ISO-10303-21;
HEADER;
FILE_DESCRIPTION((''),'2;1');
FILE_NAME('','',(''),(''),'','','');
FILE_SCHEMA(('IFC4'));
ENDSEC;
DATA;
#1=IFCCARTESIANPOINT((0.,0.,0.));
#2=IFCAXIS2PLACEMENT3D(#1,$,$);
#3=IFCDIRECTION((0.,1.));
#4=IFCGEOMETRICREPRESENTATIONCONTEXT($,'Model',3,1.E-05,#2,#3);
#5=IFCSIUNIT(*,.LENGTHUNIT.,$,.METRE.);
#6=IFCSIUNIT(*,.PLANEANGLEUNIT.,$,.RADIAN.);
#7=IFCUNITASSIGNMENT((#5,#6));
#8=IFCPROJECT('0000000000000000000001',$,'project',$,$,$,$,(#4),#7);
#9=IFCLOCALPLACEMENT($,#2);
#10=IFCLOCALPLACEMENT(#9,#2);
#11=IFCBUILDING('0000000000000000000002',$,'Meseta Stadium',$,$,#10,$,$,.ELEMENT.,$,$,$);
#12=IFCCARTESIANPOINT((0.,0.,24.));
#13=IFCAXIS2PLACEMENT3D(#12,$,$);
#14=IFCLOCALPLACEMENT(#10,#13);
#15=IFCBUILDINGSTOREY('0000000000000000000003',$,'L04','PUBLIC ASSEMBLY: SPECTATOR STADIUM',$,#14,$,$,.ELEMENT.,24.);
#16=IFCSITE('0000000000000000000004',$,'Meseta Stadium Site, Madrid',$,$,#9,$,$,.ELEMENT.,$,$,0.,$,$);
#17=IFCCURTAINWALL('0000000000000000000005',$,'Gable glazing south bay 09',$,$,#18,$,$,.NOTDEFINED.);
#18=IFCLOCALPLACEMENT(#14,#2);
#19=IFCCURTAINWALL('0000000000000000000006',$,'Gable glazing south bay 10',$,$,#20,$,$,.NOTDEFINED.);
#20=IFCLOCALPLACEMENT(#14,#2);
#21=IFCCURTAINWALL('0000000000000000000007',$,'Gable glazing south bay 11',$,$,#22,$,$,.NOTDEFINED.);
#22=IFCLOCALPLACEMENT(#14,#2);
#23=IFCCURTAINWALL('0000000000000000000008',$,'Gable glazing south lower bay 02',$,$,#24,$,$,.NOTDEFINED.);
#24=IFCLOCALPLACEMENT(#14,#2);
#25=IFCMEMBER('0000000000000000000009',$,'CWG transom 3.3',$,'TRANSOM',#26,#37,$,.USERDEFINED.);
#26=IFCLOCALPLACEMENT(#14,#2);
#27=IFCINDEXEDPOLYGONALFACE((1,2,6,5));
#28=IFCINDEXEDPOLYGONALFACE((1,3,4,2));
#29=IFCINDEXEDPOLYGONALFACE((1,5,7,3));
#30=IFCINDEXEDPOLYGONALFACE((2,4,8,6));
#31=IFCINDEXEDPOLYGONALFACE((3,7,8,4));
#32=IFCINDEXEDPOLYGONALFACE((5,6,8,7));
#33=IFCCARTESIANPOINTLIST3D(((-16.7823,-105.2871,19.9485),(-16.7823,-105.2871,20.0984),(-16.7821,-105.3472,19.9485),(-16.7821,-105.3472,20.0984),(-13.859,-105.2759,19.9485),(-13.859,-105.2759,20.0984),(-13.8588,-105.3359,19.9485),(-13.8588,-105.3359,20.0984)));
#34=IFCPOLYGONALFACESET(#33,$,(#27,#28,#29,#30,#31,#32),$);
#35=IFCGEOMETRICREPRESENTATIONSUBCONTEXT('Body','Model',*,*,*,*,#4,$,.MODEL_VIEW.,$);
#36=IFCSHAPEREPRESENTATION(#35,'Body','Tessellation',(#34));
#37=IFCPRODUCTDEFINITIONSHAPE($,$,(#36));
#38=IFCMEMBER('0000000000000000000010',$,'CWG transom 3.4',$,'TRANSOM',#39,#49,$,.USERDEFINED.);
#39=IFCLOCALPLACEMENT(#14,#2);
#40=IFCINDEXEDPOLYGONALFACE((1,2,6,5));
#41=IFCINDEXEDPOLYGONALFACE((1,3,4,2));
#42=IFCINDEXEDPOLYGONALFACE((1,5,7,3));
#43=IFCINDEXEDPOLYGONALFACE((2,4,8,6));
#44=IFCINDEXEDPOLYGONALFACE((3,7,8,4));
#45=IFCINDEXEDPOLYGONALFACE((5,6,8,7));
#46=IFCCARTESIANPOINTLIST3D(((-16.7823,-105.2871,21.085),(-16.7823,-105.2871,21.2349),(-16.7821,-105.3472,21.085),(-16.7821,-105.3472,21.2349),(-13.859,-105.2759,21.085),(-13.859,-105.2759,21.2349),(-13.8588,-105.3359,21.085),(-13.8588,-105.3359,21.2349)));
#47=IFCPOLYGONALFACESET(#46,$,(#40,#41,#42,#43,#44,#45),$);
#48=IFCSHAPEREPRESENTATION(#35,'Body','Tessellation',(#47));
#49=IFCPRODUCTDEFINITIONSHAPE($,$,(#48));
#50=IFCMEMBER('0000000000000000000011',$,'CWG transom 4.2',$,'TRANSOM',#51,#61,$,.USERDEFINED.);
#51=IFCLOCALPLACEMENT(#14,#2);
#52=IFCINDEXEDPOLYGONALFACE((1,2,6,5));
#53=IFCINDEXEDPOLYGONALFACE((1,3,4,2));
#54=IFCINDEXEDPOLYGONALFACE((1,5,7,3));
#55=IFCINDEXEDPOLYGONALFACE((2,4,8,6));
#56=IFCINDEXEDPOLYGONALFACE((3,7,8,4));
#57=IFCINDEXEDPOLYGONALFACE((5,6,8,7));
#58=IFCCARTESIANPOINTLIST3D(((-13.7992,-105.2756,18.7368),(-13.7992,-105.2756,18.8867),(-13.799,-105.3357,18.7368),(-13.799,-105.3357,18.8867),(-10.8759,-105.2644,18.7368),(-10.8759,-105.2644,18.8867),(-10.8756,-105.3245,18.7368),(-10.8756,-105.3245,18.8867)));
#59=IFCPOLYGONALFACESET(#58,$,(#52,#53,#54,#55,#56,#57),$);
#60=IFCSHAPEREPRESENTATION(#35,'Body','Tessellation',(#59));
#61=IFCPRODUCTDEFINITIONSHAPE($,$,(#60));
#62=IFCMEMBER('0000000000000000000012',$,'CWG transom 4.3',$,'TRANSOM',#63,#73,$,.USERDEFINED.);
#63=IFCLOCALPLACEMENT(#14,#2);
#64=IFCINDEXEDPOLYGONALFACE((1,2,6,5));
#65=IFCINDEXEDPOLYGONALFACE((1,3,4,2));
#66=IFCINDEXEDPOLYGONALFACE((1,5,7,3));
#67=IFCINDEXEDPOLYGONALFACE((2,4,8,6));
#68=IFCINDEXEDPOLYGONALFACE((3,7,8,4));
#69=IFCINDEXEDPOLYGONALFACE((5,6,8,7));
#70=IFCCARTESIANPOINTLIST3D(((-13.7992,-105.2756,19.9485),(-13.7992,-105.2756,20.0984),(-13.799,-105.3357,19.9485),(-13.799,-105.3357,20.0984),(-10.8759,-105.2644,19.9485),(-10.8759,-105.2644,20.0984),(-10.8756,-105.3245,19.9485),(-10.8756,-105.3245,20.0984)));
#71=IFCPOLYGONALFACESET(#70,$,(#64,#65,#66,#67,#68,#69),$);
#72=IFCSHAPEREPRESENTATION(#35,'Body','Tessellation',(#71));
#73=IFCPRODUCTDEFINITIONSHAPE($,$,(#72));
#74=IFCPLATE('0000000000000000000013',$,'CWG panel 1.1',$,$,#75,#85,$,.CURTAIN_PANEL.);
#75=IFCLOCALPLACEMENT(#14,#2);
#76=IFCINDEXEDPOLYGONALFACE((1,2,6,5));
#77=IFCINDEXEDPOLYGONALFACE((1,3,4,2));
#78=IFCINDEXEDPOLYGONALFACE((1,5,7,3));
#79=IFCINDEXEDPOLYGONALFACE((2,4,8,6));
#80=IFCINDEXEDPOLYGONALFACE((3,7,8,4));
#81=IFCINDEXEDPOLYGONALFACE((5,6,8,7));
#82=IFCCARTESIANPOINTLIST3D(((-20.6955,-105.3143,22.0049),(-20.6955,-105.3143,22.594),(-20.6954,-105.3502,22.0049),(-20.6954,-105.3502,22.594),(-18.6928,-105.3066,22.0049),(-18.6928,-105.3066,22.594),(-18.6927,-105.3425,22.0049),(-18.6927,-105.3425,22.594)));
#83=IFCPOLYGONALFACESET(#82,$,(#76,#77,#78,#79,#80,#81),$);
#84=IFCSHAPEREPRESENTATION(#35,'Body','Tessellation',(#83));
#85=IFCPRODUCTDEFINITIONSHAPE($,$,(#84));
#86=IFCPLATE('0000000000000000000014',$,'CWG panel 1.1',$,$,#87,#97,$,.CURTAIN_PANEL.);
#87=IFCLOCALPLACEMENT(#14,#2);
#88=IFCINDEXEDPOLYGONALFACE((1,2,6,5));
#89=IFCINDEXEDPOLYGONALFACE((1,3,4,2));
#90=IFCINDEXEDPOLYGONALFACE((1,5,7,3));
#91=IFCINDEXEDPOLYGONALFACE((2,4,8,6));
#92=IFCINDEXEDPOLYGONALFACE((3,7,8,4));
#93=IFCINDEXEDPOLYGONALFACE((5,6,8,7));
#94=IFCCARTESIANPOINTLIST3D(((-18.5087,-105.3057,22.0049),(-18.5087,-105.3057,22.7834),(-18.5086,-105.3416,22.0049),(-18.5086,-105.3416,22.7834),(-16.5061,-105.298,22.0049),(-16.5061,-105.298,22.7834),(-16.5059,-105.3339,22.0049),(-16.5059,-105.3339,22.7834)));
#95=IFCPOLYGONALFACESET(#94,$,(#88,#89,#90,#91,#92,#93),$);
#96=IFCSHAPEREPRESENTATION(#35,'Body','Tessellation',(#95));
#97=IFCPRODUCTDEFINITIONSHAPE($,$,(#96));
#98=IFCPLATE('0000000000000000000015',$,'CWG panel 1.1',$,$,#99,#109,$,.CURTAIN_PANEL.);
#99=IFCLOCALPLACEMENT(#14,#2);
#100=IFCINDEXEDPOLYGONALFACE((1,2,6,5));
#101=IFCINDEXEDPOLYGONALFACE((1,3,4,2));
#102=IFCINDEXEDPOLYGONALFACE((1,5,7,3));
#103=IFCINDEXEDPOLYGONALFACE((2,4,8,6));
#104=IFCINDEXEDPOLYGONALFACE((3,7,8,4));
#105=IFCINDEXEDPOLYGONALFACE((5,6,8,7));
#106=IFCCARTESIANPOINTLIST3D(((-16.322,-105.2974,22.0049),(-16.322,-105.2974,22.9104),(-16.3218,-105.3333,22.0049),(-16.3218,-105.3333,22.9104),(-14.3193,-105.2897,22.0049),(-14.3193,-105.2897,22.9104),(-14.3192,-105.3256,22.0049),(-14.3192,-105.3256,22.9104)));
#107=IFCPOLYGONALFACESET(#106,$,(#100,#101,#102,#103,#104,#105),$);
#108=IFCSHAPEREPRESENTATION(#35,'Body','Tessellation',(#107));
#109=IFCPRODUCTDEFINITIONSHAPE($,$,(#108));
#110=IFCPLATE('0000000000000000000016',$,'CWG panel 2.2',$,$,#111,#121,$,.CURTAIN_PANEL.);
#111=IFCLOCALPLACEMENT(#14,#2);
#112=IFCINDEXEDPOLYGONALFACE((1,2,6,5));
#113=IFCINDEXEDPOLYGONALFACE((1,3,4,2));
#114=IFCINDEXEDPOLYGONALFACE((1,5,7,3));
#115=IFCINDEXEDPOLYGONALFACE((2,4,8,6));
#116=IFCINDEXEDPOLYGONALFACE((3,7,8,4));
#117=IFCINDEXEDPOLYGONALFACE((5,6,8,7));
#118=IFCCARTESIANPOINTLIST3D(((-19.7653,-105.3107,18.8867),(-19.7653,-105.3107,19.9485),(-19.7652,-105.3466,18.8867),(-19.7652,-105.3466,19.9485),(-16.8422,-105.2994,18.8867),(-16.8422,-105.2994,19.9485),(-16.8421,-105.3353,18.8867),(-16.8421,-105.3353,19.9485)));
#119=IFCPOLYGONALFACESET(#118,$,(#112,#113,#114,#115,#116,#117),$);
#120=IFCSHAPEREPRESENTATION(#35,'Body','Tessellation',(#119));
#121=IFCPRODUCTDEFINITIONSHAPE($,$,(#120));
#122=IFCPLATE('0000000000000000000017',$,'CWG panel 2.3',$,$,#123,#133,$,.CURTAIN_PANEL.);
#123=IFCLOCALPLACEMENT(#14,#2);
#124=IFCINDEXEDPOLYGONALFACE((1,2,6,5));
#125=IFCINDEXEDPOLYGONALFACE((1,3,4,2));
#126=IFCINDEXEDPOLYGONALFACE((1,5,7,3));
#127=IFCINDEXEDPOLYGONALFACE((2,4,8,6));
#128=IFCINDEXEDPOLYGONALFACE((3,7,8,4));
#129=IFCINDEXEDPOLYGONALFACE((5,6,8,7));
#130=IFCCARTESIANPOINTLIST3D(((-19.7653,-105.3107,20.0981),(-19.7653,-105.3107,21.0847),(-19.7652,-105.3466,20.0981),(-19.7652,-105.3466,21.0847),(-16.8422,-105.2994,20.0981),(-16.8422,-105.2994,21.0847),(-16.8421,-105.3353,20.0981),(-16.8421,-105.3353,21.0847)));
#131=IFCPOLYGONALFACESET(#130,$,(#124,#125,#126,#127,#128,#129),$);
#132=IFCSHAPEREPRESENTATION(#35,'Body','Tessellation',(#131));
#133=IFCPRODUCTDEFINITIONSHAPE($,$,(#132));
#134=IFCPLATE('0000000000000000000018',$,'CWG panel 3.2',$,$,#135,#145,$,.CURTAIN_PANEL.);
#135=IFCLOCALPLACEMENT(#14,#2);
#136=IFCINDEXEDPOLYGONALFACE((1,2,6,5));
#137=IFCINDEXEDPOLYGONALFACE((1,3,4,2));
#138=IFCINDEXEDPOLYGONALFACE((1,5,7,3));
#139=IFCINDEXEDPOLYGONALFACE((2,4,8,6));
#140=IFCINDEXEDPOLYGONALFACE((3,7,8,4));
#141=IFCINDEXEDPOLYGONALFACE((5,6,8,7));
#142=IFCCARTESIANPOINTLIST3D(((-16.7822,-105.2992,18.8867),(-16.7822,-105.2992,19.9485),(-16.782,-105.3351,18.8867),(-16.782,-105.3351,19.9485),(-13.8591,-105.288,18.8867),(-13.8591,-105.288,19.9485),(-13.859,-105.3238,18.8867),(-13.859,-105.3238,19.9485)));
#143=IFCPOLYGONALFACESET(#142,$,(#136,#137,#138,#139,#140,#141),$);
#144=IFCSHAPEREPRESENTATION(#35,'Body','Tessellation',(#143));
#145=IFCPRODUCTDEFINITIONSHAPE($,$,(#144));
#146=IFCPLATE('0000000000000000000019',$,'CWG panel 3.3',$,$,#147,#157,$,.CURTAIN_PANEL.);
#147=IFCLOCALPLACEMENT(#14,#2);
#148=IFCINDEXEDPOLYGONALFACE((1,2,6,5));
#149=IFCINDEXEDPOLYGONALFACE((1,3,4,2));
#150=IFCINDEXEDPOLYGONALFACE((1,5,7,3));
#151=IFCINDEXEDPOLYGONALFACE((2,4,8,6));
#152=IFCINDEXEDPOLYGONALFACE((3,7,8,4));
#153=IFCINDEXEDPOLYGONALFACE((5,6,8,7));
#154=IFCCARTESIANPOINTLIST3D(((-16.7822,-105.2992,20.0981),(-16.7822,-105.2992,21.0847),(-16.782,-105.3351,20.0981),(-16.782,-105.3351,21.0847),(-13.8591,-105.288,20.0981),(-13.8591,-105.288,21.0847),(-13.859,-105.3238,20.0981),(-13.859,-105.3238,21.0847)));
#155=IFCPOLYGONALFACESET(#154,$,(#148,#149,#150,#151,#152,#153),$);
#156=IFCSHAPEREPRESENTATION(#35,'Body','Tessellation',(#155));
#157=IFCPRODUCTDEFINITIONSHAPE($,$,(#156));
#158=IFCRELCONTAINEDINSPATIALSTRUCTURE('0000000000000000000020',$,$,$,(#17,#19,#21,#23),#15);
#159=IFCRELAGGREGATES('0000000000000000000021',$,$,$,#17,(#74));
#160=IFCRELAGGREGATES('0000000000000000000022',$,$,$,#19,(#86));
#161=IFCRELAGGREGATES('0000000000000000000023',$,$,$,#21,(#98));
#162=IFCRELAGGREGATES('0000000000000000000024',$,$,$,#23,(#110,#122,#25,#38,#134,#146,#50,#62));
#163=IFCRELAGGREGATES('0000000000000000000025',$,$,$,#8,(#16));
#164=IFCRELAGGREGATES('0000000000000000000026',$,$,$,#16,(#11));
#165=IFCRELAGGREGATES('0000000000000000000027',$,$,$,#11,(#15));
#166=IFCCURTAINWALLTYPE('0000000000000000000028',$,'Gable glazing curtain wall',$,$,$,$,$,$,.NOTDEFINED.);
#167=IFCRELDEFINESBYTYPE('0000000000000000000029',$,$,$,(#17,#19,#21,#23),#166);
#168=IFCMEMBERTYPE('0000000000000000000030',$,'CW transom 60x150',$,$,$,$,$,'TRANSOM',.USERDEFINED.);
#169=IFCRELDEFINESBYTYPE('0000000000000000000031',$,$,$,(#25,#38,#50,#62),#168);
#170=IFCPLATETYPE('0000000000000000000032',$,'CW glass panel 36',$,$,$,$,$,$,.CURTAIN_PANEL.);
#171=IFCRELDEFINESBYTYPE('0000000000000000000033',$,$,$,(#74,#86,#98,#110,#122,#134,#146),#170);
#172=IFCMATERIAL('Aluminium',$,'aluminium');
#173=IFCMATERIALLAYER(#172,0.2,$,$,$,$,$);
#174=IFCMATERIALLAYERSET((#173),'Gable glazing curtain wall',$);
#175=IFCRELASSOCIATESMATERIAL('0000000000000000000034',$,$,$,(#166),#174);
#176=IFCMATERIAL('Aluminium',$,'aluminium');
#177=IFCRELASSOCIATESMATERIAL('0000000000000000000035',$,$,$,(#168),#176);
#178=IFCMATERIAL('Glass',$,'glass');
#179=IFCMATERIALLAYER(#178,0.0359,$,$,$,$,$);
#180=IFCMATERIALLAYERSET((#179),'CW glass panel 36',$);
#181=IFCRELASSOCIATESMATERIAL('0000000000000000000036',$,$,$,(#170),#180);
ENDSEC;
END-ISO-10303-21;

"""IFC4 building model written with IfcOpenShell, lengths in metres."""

from ifc_helpers import new_model, si_unit, direction, frame, origin, origin_2d, place, context, subcontext, project, spatial, rectangle, extrude, material, layer, layer_set, material_profile, profile_set, type_object, element, aggregate, save


model = new_model("IFC4")

# Units and contexts
model_context = context("Model", 3, precision=1e-05, world=origin(), true_north=direction((0.0, 1.0)))
body_context = subcontext(model_context, "Body", "Model", "MODEL_VIEW")
ifc_project = project(units=[si_unit("LENGTHUNIT", "METRE"), si_unit("PLANEANGLEUNIT", "RADIAN")], contexts=[model_context])

# Site, building, storey
site_placement = place(None, origin())
site = spatial("IfcSite", under=ifc_project, at=site_placement, Name="Meseta Stadium Site, Madrid", CompositionType="ELEMENT", RefElevation=0.0)
building_placement = place(site_placement, origin())
building = spatial("IfcBuilding", under=site, at=building_placement, Name="Meseta Stadium", CompositionType="ELEMENT")
storey_placement = place(building_placement, frame((0.0, 0.0, 24.0)))
storey = spatial("IfcBuildingStorey", under=building, at=storey_placement, Name="L04", Description="PUBLIC ASSEMBLY: SPECTATOR STADIUM", CompositionType="ELEMENT", Elevation=24.0)

# Curtain wall
ifc_material_1 = material(Name="Aluminium", Category="aluminium")
ifc_layer_1 = layer(ifc_material_1, 0.2)
ifc_layer_set_1 = layer_set([ifc_layer_1], Name="Gable glazing curtain wall")
curtain_wall_type = type_object("IfcCurtainWallType", Name="Gable glazing curtain wall", PredefinedType="NOTDEFINED", material=ifc_layer_set_1)
curtain_wall_1_placement = place(storey_placement, origin())
curtain_wall_1 = element("IfcCurtainWall", 1, at=curtain_wall_1_placement, inside=storey, type_object=curtain_wall_type, Name="Gable glazing south bay 09", PredefinedType="NOTDEFINED")

# Curtain walls
curtain_wall_2_placement = place(storey_placement, origin())
curtain_wall_2 = element("IfcCurtainWall", 2, at=curtain_wall_2_placement, inside=storey, type_object=curtain_wall_type, Name="Gable glazing south bay 10", PredefinedType="NOTDEFINED")
curtain_wall_3_placement = place(storey_placement, origin())
curtain_wall_3 = element("IfcCurtainWall", 3, at=curtain_wall_3_placement, inside=storey, type_object=curtain_wall_type, Name="Gable glazing south bay 11", PredefinedType="NOTDEFINED")

# Shared definitions
ifc_material_2 = material(Name="Aluminium", Category="aluminium")
ifc_material_profile_1 = material_profile(ifc_material_2, rectangle(XDim=0.0601, YDim=0.1499, at=origin_2d()), Name="CW 60x150")
ifc_profile_set_1 = profile_set([ifc_material_profile_1], Name="Aluminium")
member_type_1 = type_object("IfcMemberType", Name="CW transom 60x150", ElementType="TRANSOM", PredefinedType="USERDEFINED", material=ifc_profile_set_1)

# Curtain wall, members
curtain_wall_4_placement = place(storey_placement, origin())
curtain_wall_4 = element("IfcCurtainWall", 4, at=curtain_wall_4_placement, inside=storey, type_object=curtain_wall_type, Name="Gable glazing south lower bay 02", PredefinedType="NOTDEFINED")
member_1_placement = place(storey_placement, frame((-16.7822, -105.3171, 20.0234), z_axis=(0.999993, 0.003842, 0.0), x_axis=(-0.003842, 0.999993, 0.0)))
member_1 = element("IfcMember", 5, at=member_1_placement, type_object=member_type_1, Name="CWG transom 3.3", ObjectType="TRANSOM", PredefinedType="USERDEFINED", context=body_context, shape_type="SweptSolid", body=[
    extrude(rectangle(XDim=0.0601, YDim=0.1499, at=origin_2d()), origin(), (0.0, 0.0, 1.0), 2.9233),
])
member_2_placement = place(storey_placement, frame((-16.7822, -105.3171, 21.1599), z_axis=(0.999993, 0.003842, 0.0), x_axis=(-0.003842, 0.999993, 0.0)))
member_2 = element("IfcMember", 6, at=member_2_placement, type_object=member_type_1, Name="CWG transom 3.4", ObjectType="TRANSOM", PredefinedType="USERDEFINED", context=body_context, shape_type="SweptSolid", body=[
    extrude(rectangle(XDim=0.0601, YDim=0.1499, at=origin_2d()), origin(), (0.0, 0.0, 1.0), 2.9233),
])
member_3_placement = place(storey_placement, frame((-13.7991, -105.3057, 18.8118), z_axis=(0.999993, 0.003842, 0.0), x_axis=(-0.003842, 0.999993, 0.0)))
member_3 = element("IfcMember", 7, at=member_3_placement, type_object=member_type_1, Name="CWG transom 4.2", ObjectType="TRANSOM", PredefinedType="USERDEFINED", context=body_context, shape_type="SweptSolid", body=[
    extrude(rectangle(XDim=0.0601, YDim=0.1499, at=origin_2d()), origin(), (0.0, 0.0, 1.0), 2.9233),
])
member_4_placement = place(storey_placement, frame((-13.7991, -105.3057, 20.0234), z_axis=(0.999993, 0.003842, 0.0), x_axis=(-0.003842, 0.999993, 0.0)))
member_4 = element("IfcMember", 8, at=member_4_placement, type_object=member_type_1, Name="CWG transom 4.3", ObjectType="TRANSOM", PredefinedType="USERDEFINED", context=body_context, shape_type="SweptSolid", body=[
    extrude(rectangle(XDim=0.0601, YDim=0.1499, at=origin_2d()), origin(), (0.0, 0.0, 1.0), 2.9233),
])

# Plates
ifc_material_3 = material(Name="Glass", Category="glass")
ifc_layer_2 = layer(ifc_material_3, 0.0359)
ifc_layer_set_2 = layer_set([ifc_layer_2], Name="CW glass panel 36")
plate_type = type_object("IfcPlateType", Name="CW glass panel 36", PredefinedType="CURTAIN_PANEL", material=ifc_layer_set_2)
plate_1_placement = place(storey_placement, frame((-19.6941, -105.3284, 22.0049), z_axis=(0.0, 0.0, 1.0), x_axis=(0.999993, 0.003848, 0.0)))
plate_1 = element("IfcPlate", 9, at=plate_1_placement, type_object=plate_type, Name="CWG panel 1.1", PredefinedType="CURTAIN_PANEL", context=body_context, shape_type="SweptSolid", body=[
    extrude(rectangle(XDim=2.0027, YDim=0.0359, at=origin_2d()), origin(), (0.0, 0.0, 1.0), 0.5891),
])
aggregate(curtain_wall_1, [plate_1])
plate_2_placement = place(storey_placement, frame((-17.5073, -105.3198, 22.0049), z_axis=(0.0, 0.0, 1.0), x_axis=(0.999993, 0.003848, 0.0)))
plate_2 = element("IfcPlate", 10, at=plate_2_placement, type_object=plate_type, Name="CWG panel 1.1", PredefinedType="CURTAIN_PANEL", context=body_context, shape_type="SweptSolid", body=[
    extrude(rectangle(XDim=2.0027, YDim=0.0359, at=origin_2d()), origin(), (0.0, 0.0, 1.0), 0.7786),
])
aggregate(curtain_wall_2, [plate_2])
plate_3_placement = place(storey_placement, frame((-15.3206, -105.3115, 22.0049), z_axis=(0.0, 0.0, 1.0), x_axis=(0.999993, 0.003848, 0.0)))
plate_3 = element("IfcPlate", 11, at=plate_3_placement, type_object=plate_type, Name="CWG panel 1.1", PredefinedType="CURTAIN_PANEL", context=body_context, shape_type="SweptSolid", body=[
    extrude(rectangle(XDim=2.0027, YDim=0.0359, at=origin_2d()), origin(), (0.0, 0.0, 1.0), 0.9055),
])
aggregate(curtain_wall_3, [plate_3])
plate_4_placement = place(storey_placement, frame((-18.3037, -105.323, 18.8867), z_axis=(0.0, 0.0, 1.0), x_axis=(0.999993, 0.003848, 0.0)))
plate_4 = element("IfcPlate", 12, at=plate_4_placement, type_object=plate_type, Name="CWG panel 2.2", PredefinedType="CURTAIN_PANEL", context=body_context, shape_type="SweptSolid", body=[
    extrude(rectangle(XDim=2.9231, YDim=0.0359, at=origin_2d()), origin(), (0.0, 0.0, 1.0), 1.0618),
])
plate_5_placement = place(storey_placement, frame((-18.3037, -105.323, 20.0981), z_axis=(0.0, 0.0, 1.0), x_axis=(0.999993, 0.003848, 0.0)))
plate_5 = element("IfcPlate", 13, at=plate_5_placement, type_object=plate_type, Name="CWG panel 2.3", PredefinedType="CURTAIN_PANEL", context=body_context, shape_type="SweptSolid", body=[
    extrude(rectangle(XDim=2.9231, YDim=0.0359, at=origin_2d()), origin(), (0.0, 0.0, 1.0), 0.9866),
])
plate_6_placement = place(storey_placement, frame((-15.3206, -105.3115, 18.8867), z_axis=(0.0, 0.0, 1.0), x_axis=(0.999993, 0.003848, 0.0)))
plate_6 = element("IfcPlate", 14, at=plate_6_placement, type_object=plate_type, Name="CWG panel 3.2", PredefinedType="CURTAIN_PANEL", context=body_context, shape_type="SweptSolid", body=[
    extrude(rectangle(XDim=2.9231, YDim=0.0359, at=origin_2d()), origin(), (0.0, 0.0, 1.0), 1.0618),
])
plate_7_placement = place(storey_placement, frame((-15.3206, -105.3115, 20.0981), z_axis=(0.0, 0.0, 1.0), x_axis=(0.999993, 0.003848, 0.0)))
plate_7 = element("IfcPlate", 15, at=plate_7_placement, type_object=plate_type, Name="CWG panel 3.3", PredefinedType="CURTAIN_PANEL", context=body_context, shape_type="SweptSolid", body=[
    extrude(rectangle(XDim=2.9231, YDim=0.0359, at=origin_2d()), origin(), (0.0, 0.0, 1.0), 0.9866),
])
aggregate(curtain_wall_4, [plate_4, plate_5, member_1, member_2, plate_6, plate_7, member_3, member_4])

save(model, "model.ifc")
